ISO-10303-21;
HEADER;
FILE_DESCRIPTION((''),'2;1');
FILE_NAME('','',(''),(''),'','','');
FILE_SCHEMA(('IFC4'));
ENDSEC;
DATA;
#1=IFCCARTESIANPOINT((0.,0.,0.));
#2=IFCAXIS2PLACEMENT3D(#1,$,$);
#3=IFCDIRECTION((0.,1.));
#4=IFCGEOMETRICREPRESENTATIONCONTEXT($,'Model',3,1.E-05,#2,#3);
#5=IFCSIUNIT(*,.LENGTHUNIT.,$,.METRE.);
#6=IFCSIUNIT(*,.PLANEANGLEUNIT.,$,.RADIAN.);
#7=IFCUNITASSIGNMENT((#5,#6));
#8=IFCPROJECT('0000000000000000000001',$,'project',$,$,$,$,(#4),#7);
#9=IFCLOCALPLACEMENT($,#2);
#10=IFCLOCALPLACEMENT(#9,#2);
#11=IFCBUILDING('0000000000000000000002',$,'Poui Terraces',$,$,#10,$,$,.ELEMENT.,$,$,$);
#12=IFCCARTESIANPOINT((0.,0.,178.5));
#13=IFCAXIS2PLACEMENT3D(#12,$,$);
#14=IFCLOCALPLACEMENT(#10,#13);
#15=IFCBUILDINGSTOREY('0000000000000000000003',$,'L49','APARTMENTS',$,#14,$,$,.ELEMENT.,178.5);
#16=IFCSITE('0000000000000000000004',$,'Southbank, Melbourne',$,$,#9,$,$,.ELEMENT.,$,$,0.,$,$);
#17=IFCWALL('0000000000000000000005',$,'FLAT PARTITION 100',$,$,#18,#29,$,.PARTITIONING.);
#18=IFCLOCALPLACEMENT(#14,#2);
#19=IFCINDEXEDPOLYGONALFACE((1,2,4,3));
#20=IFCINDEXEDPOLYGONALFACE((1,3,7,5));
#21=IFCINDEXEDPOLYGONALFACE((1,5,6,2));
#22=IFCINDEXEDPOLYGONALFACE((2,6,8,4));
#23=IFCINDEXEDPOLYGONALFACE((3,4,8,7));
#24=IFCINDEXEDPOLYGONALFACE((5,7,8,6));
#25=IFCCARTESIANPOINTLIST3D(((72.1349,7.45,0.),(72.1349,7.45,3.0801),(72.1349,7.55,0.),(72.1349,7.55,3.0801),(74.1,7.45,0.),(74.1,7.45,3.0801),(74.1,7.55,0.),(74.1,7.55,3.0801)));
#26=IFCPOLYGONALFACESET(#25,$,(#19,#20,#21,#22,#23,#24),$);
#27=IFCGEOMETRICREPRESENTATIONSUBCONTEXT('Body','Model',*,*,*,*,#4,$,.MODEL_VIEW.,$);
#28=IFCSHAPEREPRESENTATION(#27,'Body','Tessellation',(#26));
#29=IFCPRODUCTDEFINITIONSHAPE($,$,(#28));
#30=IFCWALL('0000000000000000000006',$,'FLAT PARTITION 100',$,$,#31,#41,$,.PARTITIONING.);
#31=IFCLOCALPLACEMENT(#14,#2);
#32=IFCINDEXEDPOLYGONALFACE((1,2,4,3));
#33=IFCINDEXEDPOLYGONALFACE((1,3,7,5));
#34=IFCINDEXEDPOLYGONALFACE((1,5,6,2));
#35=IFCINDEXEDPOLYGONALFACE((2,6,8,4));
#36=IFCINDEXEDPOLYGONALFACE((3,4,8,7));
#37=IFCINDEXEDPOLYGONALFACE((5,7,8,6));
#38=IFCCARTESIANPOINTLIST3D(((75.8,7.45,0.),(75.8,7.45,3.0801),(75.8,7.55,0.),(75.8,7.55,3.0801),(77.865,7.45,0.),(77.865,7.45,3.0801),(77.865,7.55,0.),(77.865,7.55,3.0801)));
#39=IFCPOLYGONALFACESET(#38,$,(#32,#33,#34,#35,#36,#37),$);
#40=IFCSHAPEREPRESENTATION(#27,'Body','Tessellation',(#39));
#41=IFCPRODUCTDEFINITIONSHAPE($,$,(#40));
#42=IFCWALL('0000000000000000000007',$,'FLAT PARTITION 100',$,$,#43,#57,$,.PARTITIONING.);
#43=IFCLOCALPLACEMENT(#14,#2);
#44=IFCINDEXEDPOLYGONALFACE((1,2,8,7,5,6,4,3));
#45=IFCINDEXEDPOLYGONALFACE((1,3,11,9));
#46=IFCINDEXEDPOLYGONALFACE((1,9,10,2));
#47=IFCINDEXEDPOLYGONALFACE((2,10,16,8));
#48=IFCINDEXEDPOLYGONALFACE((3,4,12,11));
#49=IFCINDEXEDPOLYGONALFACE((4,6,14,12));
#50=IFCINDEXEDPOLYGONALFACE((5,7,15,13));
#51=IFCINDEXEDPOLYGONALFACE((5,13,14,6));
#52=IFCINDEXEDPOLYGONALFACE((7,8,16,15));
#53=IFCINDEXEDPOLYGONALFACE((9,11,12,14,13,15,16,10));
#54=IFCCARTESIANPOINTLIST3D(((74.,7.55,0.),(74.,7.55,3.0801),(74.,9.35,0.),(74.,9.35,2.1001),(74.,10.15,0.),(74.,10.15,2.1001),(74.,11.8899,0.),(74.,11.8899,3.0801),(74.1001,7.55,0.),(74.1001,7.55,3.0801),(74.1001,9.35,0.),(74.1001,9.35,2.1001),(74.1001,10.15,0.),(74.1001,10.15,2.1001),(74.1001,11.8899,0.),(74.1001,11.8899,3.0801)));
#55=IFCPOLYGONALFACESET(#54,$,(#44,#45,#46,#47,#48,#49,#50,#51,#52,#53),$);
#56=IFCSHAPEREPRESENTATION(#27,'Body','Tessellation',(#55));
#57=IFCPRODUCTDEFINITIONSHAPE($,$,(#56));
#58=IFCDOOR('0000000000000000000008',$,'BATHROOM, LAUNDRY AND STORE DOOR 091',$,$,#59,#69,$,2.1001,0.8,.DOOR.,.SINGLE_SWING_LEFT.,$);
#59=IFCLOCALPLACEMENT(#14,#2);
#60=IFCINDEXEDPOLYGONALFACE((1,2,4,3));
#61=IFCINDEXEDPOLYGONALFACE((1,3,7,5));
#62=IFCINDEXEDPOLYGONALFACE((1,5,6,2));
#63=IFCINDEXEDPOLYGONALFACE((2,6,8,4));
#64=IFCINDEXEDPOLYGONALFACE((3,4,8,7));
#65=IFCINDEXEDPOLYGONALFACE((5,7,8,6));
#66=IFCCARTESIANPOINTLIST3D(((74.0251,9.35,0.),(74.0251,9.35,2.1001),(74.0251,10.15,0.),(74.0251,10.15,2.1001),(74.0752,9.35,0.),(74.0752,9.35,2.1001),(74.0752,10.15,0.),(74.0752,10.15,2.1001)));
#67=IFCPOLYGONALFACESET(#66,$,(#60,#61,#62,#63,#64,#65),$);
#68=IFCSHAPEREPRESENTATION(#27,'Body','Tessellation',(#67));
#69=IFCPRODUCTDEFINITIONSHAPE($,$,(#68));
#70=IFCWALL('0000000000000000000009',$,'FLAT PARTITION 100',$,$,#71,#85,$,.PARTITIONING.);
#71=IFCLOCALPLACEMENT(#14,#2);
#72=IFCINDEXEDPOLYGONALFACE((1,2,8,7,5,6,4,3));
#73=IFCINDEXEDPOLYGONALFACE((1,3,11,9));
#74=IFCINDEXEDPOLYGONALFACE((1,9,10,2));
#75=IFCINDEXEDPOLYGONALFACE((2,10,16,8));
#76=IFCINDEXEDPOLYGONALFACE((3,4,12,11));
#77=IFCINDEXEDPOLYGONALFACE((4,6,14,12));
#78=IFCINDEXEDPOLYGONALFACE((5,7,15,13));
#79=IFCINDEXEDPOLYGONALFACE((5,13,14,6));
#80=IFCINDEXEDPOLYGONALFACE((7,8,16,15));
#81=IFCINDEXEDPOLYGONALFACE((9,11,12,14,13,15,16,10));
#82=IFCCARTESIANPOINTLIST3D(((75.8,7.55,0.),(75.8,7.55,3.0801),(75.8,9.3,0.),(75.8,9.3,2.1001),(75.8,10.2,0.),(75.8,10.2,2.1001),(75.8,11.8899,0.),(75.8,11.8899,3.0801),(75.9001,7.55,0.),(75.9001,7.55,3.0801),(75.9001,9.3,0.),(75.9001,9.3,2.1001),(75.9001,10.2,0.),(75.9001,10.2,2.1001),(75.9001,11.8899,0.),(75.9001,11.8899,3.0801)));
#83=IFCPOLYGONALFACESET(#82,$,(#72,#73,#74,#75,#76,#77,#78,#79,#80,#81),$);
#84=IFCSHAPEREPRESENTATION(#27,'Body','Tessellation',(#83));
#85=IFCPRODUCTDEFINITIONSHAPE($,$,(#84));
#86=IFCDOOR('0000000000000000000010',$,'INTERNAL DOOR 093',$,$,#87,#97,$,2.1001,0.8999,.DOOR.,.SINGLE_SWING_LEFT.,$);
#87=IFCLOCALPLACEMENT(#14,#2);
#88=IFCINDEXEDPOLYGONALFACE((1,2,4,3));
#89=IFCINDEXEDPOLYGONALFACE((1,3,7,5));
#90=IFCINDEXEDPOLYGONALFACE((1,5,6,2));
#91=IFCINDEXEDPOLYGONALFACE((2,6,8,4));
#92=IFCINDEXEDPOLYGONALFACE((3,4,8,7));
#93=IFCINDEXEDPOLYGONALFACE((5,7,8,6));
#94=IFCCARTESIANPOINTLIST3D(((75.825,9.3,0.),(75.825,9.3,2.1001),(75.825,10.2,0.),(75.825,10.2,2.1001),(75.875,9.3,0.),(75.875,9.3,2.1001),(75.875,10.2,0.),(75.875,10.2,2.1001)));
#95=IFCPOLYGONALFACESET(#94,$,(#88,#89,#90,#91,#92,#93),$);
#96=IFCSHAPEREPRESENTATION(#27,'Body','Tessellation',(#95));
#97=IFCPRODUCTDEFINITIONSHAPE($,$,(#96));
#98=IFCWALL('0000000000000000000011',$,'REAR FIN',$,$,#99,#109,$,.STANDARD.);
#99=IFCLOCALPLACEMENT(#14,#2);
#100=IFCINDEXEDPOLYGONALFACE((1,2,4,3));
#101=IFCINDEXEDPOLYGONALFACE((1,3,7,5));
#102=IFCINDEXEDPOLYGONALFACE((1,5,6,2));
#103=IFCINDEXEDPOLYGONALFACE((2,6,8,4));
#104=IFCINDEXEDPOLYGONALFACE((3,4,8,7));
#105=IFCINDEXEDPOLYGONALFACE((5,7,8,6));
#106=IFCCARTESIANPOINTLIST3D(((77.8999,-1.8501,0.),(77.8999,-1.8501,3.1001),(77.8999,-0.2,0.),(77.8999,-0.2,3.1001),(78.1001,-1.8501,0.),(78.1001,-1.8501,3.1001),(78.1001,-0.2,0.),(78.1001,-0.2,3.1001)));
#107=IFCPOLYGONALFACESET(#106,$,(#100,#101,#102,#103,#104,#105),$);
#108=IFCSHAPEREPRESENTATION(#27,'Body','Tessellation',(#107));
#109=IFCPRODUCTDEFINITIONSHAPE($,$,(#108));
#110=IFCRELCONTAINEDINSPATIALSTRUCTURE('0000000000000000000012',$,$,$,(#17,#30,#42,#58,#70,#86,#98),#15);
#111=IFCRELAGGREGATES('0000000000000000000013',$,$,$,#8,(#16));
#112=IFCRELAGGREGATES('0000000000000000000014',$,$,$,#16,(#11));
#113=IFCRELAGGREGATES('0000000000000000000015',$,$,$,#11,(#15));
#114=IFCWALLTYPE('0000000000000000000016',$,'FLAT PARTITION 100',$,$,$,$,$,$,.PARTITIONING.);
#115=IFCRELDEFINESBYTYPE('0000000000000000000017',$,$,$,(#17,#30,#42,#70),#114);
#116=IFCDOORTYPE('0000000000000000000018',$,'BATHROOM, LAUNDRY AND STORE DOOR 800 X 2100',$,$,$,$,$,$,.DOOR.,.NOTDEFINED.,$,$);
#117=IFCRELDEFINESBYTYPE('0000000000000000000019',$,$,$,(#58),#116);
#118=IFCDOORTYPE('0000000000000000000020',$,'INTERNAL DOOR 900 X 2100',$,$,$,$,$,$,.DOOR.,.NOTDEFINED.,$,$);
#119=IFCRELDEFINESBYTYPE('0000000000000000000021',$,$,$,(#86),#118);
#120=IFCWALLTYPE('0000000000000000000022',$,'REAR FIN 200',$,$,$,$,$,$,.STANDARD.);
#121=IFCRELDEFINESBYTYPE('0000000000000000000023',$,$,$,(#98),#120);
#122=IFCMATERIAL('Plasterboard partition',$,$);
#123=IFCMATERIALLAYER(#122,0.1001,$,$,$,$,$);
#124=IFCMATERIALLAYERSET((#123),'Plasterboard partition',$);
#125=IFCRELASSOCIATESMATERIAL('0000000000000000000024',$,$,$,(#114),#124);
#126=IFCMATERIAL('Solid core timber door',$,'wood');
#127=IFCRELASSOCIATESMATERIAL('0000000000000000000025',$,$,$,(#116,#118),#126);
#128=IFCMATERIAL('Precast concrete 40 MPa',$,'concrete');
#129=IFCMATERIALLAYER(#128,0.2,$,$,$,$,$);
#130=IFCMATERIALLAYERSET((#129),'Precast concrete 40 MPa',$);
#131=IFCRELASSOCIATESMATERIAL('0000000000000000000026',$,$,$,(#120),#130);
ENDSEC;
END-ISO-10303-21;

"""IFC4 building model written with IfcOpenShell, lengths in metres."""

from ifc_helpers import new_model, si_unit, direction, frame, frame_2d, origin, place, context, subcontext, project, spatial, polyline, rectangle, outline, extrude, source, transform, mapped, material, layer, layer_set, type_object, element, fill, save


model = new_model("IFC4")

# Units and contexts
model_context = context("Model", 3, precision=1e-05, world=origin(), true_north=direction((0.0, 1.0)))
body_context = subcontext(model_context, "Body", "Model", "MODEL_VIEW")
ifc_project = project(units=[si_unit("LENGTHUNIT", "METRE"), si_unit("PLANEANGLEUNIT", "RADIAN")], contexts=[model_context])

# Site, building, storey
site_placement = place(None, origin())
site = spatial("IfcSite", under=ifc_project, at=site_placement, Name="Southbank, Melbourne", CompositionType="ELEMENT", RefElevation=0.0)
building_placement = place(site_placement, origin())
building = spatial("IfcBuilding", under=site, at=building_placement, Name="Poui Terraces", CompositionType="ELEMENT")
storey_placement = place(building_placement, frame((0.0, 0.0, 178.5)))
storey = spatial("IfcBuildingStorey", under=building, at=storey_placement, Name="L49", Description="APARTMENTS", CompositionType="ELEMENT", Elevation=178.5)

# Shared definitions
ifc_material_1 = material(Name="Solid core timber door", Category="wood")

# Walls
ifc_material_2 = material(Name="Plasterboard partition")
ifc_layer_1 = layer(ifc_material_2, 0.1001)
ifc_layer_set_1 = layer_set([ifc_layer_1], Name="Plasterboard partition")
wall_type_1 = type_object("IfcWallType", Name="FLAT PARTITION 100", PredefinedType="PARTITIONING", material=ifc_layer_set_1)
wall_1_placement = place(storey_placement, frame((72.135, 7.5, 0.0), z_axis=(0.0, 0.0, 1.0), x_axis=(1.0, 0.0, 0.0)))
element("IfcWall", 1, at=wall_1_placement, inside=storey, type_object=wall_type_1, Name="FLAT PARTITION 100", PredefinedType="PARTITIONING", context=body_context, shape_type="SweptSolid", body=[
    extrude(rectangle(XDim=1.9651, YDim=0.1001, at=frame_2d((0.9824, 0.0))), origin(), (0.0, 0.0, 1.0), 3.0801),
])
wall_2_placement = place(storey_placement, frame((75.8, 7.5, 0.0), z_axis=(0.0, 0.0, 1.0), x_axis=(1.0, 0.0, 0.0)))
element("IfcWall", 2, at=wall_2_placement, inside=storey, type_object=wall_type_1, Name="FLAT PARTITION 100", PredefinedType="PARTITIONING", context=body_context, shape_type="SweptSolid", body=[
    extrude(rectangle(XDim=2.0649, YDim=0.1001, at=frame_2d((1.0325, 0.0))), origin(), (0.0, 0.0, 1.0), 3.0801),
])

# Walls, openings, doors
wall_3_placement = place(storey_placement, frame((74.05, 7.55, 0.0), z_axis=(0.0, 0.0, 1.0), x_axis=(0.0, 1.0, 0.0)))
wall_3 = element("IfcWall", 3, at=wall_3_placement, inside=storey, type_object=wall_type_1, Name="FLAT PARTITION 100", PredefinedType="PARTITIONING", context=body_context, shape_type="SweptSolid", body=[
    extrude(rectangle(XDim=4.3398, YDim=0.1001, at=frame_2d((2.1699, 0.0))), origin(), (0.0, 0.0, 1.0), 3.0801),
])
opening_1_placement = place(wall_3_placement, frame((1.8, 0.0, 0.0)))
opening_1 = element("IfcOpeningElement", 4, at=opening_1_placement, cuts=wall_3, PredefinedType="OPENING", context=body_context, shape_type="SweptSolid", body=[
    extrude(rectangle(XDim=0.8, YDim=2.1001, at=frame_2d((0.3999, 1.05))), frame((0.0, 0.0601, 0.0), z_axis=(0.0, -1.0, 0.0), x_axis=(1.0, 0.0, 0.0)), (0.0, 0.0, 1.0), 0.1201),
])
door_type_1 = type_object("IfcDoorType", Name="BATHROOM, LAUNDRY AND STORE DOOR 800 X 2100", OperationType="NOTDEFINED", PredefinedType="DOOR", material=ifc_material_1)
door_1_placement = place(opening_1_placement, origin())
door_1 = element("IfcDoor", 5, at=door_1_placement, inside=storey, type_object=door_type_1, Name="BATHROOM, LAUNDRY AND STORE DOOR 091", OperationType="SINGLE_SWING_LEFT", OverallHeight=2.1001, OverallWidth=0.8, PredefinedType="DOOR", context=body_context, shape_type="SweptSolid", body=[
    extrude(rectangle(XDim=0.8, YDim=2.1001, at=frame_2d((0.3999, 1.05))), frame((0.0, 0.0249, 0.0), z_axis=(0.0, -1.0, 0.0), x_axis=(1.0, 0.0, 0.0)), (0.0, 0.0, 1.0), 0.05),
])
fill(opening_1, door_1)
wall_4_placement = place(storey_placement, frame((75.8501, 7.55, 0.0), z_axis=(0.0, 0.0, 1.0), x_axis=(0.0, 1.0, 0.0)))
wall_4 = element("IfcWall", 6, at=wall_4_placement, inside=storey, type_object=wall_type_1, Name="FLAT PARTITION 100", PredefinedType="PARTITIONING", context=body_context, shape_type="SweptSolid", body=[
    extrude(rectangle(XDim=4.3398, YDim=0.1001, at=frame_2d((2.1699, 0.0))), origin(), (0.0, 0.0, 1.0), 3.0801),
])
opening_2_placement = place(wall_4_placement, frame((1.75, 0.0, 0.0)))
opening_2 = element("IfcOpeningElement", 7, at=opening_2_placement, cuts=wall_4, PredefinedType="OPENING", context=body_context, shape_type="SweptSolid", body=[
    extrude(rectangle(XDim=0.8999, YDim=2.1001, at=frame_2d((0.45, 1.05))), frame((0.0, 0.0601, 0.0), z_axis=(0.0, -1.0, 0.0), x_axis=(1.0, 0.0, 0.0)), (0.0, 0.0, 1.0), 0.1201),
])
door_type_2 = type_object("IfcDoorType", Name="INTERNAL DOOR 900 X 2100", OperationType="NOTDEFINED", PredefinedType="DOOR", material=ifc_material_1)
door_2_placement = place(opening_2_placement, frame((0.8999, 0.0, 0.0), z_axis=(0.0, 0.0, 1.0), x_axis=(-1.0, 0.0, 0.0)))
door_2 = element("IfcDoor", 8, at=door_2_placement, inside=storey, type_object=door_type_2, Name="INTERNAL DOOR 093", OperationType="SINGLE_SWING_LEFT", OverallHeight=2.1001, OverallWidth=0.8999, PredefinedType="DOOR", context=body_context, shape_type="SweptSolid", body=[
    extrude(rectangle(XDim=0.8999, YDim=2.1001, at=frame_2d((0.45, 1.05))), frame((0.0, 0.0249, 0.0), z_axis=(0.0, -1.0, 0.0), x_axis=(1.0, 0.0, 0.0)), (0.0, 0.0, 1.0), 0.05),
])
fill(opening_2, door_2)

# Wall
ifc_material_3 = material(Name="Precast concrete 40 MPa", Category="concrete")
ifc_layer_2 = layer(ifc_material_3, 0.2)
ifc_layer_set_2 = layer_set([ifc_layer_2], Name="Precast concrete 40 MPa")
wall_type_2 = type_object("IfcWallType", Name="REAR FIN 200", PredefinedType="STANDARD", material=ifc_layer_set_2)
shared_shape_1 = source(origin(), body_context, "Body", "SweptSolid", [
    extrude(outline(polyline([(0.0, 0.0), (0.2002, 0.0), (0.2002, 1.6501), (0.0, 1.6501), (0.0, 0.0)])), origin(), (0.0, 0.0, 1.0), 3.1001),
])
wall_5_placement = place(storey_placement, frame((77.8999, -1.8501, 0.0)))
element("IfcWall", 9, at=wall_5_placement, inside=storey, type_object=wall_type_2, Name="REAR FIN", PredefinedType="STANDARD", context=body_context, shape_type="MappedRepresentation", body=[
    mapped(shared_shape_1, transform((0.0, 0.0, 0.0))),
])

save(model, "model.ifc")
